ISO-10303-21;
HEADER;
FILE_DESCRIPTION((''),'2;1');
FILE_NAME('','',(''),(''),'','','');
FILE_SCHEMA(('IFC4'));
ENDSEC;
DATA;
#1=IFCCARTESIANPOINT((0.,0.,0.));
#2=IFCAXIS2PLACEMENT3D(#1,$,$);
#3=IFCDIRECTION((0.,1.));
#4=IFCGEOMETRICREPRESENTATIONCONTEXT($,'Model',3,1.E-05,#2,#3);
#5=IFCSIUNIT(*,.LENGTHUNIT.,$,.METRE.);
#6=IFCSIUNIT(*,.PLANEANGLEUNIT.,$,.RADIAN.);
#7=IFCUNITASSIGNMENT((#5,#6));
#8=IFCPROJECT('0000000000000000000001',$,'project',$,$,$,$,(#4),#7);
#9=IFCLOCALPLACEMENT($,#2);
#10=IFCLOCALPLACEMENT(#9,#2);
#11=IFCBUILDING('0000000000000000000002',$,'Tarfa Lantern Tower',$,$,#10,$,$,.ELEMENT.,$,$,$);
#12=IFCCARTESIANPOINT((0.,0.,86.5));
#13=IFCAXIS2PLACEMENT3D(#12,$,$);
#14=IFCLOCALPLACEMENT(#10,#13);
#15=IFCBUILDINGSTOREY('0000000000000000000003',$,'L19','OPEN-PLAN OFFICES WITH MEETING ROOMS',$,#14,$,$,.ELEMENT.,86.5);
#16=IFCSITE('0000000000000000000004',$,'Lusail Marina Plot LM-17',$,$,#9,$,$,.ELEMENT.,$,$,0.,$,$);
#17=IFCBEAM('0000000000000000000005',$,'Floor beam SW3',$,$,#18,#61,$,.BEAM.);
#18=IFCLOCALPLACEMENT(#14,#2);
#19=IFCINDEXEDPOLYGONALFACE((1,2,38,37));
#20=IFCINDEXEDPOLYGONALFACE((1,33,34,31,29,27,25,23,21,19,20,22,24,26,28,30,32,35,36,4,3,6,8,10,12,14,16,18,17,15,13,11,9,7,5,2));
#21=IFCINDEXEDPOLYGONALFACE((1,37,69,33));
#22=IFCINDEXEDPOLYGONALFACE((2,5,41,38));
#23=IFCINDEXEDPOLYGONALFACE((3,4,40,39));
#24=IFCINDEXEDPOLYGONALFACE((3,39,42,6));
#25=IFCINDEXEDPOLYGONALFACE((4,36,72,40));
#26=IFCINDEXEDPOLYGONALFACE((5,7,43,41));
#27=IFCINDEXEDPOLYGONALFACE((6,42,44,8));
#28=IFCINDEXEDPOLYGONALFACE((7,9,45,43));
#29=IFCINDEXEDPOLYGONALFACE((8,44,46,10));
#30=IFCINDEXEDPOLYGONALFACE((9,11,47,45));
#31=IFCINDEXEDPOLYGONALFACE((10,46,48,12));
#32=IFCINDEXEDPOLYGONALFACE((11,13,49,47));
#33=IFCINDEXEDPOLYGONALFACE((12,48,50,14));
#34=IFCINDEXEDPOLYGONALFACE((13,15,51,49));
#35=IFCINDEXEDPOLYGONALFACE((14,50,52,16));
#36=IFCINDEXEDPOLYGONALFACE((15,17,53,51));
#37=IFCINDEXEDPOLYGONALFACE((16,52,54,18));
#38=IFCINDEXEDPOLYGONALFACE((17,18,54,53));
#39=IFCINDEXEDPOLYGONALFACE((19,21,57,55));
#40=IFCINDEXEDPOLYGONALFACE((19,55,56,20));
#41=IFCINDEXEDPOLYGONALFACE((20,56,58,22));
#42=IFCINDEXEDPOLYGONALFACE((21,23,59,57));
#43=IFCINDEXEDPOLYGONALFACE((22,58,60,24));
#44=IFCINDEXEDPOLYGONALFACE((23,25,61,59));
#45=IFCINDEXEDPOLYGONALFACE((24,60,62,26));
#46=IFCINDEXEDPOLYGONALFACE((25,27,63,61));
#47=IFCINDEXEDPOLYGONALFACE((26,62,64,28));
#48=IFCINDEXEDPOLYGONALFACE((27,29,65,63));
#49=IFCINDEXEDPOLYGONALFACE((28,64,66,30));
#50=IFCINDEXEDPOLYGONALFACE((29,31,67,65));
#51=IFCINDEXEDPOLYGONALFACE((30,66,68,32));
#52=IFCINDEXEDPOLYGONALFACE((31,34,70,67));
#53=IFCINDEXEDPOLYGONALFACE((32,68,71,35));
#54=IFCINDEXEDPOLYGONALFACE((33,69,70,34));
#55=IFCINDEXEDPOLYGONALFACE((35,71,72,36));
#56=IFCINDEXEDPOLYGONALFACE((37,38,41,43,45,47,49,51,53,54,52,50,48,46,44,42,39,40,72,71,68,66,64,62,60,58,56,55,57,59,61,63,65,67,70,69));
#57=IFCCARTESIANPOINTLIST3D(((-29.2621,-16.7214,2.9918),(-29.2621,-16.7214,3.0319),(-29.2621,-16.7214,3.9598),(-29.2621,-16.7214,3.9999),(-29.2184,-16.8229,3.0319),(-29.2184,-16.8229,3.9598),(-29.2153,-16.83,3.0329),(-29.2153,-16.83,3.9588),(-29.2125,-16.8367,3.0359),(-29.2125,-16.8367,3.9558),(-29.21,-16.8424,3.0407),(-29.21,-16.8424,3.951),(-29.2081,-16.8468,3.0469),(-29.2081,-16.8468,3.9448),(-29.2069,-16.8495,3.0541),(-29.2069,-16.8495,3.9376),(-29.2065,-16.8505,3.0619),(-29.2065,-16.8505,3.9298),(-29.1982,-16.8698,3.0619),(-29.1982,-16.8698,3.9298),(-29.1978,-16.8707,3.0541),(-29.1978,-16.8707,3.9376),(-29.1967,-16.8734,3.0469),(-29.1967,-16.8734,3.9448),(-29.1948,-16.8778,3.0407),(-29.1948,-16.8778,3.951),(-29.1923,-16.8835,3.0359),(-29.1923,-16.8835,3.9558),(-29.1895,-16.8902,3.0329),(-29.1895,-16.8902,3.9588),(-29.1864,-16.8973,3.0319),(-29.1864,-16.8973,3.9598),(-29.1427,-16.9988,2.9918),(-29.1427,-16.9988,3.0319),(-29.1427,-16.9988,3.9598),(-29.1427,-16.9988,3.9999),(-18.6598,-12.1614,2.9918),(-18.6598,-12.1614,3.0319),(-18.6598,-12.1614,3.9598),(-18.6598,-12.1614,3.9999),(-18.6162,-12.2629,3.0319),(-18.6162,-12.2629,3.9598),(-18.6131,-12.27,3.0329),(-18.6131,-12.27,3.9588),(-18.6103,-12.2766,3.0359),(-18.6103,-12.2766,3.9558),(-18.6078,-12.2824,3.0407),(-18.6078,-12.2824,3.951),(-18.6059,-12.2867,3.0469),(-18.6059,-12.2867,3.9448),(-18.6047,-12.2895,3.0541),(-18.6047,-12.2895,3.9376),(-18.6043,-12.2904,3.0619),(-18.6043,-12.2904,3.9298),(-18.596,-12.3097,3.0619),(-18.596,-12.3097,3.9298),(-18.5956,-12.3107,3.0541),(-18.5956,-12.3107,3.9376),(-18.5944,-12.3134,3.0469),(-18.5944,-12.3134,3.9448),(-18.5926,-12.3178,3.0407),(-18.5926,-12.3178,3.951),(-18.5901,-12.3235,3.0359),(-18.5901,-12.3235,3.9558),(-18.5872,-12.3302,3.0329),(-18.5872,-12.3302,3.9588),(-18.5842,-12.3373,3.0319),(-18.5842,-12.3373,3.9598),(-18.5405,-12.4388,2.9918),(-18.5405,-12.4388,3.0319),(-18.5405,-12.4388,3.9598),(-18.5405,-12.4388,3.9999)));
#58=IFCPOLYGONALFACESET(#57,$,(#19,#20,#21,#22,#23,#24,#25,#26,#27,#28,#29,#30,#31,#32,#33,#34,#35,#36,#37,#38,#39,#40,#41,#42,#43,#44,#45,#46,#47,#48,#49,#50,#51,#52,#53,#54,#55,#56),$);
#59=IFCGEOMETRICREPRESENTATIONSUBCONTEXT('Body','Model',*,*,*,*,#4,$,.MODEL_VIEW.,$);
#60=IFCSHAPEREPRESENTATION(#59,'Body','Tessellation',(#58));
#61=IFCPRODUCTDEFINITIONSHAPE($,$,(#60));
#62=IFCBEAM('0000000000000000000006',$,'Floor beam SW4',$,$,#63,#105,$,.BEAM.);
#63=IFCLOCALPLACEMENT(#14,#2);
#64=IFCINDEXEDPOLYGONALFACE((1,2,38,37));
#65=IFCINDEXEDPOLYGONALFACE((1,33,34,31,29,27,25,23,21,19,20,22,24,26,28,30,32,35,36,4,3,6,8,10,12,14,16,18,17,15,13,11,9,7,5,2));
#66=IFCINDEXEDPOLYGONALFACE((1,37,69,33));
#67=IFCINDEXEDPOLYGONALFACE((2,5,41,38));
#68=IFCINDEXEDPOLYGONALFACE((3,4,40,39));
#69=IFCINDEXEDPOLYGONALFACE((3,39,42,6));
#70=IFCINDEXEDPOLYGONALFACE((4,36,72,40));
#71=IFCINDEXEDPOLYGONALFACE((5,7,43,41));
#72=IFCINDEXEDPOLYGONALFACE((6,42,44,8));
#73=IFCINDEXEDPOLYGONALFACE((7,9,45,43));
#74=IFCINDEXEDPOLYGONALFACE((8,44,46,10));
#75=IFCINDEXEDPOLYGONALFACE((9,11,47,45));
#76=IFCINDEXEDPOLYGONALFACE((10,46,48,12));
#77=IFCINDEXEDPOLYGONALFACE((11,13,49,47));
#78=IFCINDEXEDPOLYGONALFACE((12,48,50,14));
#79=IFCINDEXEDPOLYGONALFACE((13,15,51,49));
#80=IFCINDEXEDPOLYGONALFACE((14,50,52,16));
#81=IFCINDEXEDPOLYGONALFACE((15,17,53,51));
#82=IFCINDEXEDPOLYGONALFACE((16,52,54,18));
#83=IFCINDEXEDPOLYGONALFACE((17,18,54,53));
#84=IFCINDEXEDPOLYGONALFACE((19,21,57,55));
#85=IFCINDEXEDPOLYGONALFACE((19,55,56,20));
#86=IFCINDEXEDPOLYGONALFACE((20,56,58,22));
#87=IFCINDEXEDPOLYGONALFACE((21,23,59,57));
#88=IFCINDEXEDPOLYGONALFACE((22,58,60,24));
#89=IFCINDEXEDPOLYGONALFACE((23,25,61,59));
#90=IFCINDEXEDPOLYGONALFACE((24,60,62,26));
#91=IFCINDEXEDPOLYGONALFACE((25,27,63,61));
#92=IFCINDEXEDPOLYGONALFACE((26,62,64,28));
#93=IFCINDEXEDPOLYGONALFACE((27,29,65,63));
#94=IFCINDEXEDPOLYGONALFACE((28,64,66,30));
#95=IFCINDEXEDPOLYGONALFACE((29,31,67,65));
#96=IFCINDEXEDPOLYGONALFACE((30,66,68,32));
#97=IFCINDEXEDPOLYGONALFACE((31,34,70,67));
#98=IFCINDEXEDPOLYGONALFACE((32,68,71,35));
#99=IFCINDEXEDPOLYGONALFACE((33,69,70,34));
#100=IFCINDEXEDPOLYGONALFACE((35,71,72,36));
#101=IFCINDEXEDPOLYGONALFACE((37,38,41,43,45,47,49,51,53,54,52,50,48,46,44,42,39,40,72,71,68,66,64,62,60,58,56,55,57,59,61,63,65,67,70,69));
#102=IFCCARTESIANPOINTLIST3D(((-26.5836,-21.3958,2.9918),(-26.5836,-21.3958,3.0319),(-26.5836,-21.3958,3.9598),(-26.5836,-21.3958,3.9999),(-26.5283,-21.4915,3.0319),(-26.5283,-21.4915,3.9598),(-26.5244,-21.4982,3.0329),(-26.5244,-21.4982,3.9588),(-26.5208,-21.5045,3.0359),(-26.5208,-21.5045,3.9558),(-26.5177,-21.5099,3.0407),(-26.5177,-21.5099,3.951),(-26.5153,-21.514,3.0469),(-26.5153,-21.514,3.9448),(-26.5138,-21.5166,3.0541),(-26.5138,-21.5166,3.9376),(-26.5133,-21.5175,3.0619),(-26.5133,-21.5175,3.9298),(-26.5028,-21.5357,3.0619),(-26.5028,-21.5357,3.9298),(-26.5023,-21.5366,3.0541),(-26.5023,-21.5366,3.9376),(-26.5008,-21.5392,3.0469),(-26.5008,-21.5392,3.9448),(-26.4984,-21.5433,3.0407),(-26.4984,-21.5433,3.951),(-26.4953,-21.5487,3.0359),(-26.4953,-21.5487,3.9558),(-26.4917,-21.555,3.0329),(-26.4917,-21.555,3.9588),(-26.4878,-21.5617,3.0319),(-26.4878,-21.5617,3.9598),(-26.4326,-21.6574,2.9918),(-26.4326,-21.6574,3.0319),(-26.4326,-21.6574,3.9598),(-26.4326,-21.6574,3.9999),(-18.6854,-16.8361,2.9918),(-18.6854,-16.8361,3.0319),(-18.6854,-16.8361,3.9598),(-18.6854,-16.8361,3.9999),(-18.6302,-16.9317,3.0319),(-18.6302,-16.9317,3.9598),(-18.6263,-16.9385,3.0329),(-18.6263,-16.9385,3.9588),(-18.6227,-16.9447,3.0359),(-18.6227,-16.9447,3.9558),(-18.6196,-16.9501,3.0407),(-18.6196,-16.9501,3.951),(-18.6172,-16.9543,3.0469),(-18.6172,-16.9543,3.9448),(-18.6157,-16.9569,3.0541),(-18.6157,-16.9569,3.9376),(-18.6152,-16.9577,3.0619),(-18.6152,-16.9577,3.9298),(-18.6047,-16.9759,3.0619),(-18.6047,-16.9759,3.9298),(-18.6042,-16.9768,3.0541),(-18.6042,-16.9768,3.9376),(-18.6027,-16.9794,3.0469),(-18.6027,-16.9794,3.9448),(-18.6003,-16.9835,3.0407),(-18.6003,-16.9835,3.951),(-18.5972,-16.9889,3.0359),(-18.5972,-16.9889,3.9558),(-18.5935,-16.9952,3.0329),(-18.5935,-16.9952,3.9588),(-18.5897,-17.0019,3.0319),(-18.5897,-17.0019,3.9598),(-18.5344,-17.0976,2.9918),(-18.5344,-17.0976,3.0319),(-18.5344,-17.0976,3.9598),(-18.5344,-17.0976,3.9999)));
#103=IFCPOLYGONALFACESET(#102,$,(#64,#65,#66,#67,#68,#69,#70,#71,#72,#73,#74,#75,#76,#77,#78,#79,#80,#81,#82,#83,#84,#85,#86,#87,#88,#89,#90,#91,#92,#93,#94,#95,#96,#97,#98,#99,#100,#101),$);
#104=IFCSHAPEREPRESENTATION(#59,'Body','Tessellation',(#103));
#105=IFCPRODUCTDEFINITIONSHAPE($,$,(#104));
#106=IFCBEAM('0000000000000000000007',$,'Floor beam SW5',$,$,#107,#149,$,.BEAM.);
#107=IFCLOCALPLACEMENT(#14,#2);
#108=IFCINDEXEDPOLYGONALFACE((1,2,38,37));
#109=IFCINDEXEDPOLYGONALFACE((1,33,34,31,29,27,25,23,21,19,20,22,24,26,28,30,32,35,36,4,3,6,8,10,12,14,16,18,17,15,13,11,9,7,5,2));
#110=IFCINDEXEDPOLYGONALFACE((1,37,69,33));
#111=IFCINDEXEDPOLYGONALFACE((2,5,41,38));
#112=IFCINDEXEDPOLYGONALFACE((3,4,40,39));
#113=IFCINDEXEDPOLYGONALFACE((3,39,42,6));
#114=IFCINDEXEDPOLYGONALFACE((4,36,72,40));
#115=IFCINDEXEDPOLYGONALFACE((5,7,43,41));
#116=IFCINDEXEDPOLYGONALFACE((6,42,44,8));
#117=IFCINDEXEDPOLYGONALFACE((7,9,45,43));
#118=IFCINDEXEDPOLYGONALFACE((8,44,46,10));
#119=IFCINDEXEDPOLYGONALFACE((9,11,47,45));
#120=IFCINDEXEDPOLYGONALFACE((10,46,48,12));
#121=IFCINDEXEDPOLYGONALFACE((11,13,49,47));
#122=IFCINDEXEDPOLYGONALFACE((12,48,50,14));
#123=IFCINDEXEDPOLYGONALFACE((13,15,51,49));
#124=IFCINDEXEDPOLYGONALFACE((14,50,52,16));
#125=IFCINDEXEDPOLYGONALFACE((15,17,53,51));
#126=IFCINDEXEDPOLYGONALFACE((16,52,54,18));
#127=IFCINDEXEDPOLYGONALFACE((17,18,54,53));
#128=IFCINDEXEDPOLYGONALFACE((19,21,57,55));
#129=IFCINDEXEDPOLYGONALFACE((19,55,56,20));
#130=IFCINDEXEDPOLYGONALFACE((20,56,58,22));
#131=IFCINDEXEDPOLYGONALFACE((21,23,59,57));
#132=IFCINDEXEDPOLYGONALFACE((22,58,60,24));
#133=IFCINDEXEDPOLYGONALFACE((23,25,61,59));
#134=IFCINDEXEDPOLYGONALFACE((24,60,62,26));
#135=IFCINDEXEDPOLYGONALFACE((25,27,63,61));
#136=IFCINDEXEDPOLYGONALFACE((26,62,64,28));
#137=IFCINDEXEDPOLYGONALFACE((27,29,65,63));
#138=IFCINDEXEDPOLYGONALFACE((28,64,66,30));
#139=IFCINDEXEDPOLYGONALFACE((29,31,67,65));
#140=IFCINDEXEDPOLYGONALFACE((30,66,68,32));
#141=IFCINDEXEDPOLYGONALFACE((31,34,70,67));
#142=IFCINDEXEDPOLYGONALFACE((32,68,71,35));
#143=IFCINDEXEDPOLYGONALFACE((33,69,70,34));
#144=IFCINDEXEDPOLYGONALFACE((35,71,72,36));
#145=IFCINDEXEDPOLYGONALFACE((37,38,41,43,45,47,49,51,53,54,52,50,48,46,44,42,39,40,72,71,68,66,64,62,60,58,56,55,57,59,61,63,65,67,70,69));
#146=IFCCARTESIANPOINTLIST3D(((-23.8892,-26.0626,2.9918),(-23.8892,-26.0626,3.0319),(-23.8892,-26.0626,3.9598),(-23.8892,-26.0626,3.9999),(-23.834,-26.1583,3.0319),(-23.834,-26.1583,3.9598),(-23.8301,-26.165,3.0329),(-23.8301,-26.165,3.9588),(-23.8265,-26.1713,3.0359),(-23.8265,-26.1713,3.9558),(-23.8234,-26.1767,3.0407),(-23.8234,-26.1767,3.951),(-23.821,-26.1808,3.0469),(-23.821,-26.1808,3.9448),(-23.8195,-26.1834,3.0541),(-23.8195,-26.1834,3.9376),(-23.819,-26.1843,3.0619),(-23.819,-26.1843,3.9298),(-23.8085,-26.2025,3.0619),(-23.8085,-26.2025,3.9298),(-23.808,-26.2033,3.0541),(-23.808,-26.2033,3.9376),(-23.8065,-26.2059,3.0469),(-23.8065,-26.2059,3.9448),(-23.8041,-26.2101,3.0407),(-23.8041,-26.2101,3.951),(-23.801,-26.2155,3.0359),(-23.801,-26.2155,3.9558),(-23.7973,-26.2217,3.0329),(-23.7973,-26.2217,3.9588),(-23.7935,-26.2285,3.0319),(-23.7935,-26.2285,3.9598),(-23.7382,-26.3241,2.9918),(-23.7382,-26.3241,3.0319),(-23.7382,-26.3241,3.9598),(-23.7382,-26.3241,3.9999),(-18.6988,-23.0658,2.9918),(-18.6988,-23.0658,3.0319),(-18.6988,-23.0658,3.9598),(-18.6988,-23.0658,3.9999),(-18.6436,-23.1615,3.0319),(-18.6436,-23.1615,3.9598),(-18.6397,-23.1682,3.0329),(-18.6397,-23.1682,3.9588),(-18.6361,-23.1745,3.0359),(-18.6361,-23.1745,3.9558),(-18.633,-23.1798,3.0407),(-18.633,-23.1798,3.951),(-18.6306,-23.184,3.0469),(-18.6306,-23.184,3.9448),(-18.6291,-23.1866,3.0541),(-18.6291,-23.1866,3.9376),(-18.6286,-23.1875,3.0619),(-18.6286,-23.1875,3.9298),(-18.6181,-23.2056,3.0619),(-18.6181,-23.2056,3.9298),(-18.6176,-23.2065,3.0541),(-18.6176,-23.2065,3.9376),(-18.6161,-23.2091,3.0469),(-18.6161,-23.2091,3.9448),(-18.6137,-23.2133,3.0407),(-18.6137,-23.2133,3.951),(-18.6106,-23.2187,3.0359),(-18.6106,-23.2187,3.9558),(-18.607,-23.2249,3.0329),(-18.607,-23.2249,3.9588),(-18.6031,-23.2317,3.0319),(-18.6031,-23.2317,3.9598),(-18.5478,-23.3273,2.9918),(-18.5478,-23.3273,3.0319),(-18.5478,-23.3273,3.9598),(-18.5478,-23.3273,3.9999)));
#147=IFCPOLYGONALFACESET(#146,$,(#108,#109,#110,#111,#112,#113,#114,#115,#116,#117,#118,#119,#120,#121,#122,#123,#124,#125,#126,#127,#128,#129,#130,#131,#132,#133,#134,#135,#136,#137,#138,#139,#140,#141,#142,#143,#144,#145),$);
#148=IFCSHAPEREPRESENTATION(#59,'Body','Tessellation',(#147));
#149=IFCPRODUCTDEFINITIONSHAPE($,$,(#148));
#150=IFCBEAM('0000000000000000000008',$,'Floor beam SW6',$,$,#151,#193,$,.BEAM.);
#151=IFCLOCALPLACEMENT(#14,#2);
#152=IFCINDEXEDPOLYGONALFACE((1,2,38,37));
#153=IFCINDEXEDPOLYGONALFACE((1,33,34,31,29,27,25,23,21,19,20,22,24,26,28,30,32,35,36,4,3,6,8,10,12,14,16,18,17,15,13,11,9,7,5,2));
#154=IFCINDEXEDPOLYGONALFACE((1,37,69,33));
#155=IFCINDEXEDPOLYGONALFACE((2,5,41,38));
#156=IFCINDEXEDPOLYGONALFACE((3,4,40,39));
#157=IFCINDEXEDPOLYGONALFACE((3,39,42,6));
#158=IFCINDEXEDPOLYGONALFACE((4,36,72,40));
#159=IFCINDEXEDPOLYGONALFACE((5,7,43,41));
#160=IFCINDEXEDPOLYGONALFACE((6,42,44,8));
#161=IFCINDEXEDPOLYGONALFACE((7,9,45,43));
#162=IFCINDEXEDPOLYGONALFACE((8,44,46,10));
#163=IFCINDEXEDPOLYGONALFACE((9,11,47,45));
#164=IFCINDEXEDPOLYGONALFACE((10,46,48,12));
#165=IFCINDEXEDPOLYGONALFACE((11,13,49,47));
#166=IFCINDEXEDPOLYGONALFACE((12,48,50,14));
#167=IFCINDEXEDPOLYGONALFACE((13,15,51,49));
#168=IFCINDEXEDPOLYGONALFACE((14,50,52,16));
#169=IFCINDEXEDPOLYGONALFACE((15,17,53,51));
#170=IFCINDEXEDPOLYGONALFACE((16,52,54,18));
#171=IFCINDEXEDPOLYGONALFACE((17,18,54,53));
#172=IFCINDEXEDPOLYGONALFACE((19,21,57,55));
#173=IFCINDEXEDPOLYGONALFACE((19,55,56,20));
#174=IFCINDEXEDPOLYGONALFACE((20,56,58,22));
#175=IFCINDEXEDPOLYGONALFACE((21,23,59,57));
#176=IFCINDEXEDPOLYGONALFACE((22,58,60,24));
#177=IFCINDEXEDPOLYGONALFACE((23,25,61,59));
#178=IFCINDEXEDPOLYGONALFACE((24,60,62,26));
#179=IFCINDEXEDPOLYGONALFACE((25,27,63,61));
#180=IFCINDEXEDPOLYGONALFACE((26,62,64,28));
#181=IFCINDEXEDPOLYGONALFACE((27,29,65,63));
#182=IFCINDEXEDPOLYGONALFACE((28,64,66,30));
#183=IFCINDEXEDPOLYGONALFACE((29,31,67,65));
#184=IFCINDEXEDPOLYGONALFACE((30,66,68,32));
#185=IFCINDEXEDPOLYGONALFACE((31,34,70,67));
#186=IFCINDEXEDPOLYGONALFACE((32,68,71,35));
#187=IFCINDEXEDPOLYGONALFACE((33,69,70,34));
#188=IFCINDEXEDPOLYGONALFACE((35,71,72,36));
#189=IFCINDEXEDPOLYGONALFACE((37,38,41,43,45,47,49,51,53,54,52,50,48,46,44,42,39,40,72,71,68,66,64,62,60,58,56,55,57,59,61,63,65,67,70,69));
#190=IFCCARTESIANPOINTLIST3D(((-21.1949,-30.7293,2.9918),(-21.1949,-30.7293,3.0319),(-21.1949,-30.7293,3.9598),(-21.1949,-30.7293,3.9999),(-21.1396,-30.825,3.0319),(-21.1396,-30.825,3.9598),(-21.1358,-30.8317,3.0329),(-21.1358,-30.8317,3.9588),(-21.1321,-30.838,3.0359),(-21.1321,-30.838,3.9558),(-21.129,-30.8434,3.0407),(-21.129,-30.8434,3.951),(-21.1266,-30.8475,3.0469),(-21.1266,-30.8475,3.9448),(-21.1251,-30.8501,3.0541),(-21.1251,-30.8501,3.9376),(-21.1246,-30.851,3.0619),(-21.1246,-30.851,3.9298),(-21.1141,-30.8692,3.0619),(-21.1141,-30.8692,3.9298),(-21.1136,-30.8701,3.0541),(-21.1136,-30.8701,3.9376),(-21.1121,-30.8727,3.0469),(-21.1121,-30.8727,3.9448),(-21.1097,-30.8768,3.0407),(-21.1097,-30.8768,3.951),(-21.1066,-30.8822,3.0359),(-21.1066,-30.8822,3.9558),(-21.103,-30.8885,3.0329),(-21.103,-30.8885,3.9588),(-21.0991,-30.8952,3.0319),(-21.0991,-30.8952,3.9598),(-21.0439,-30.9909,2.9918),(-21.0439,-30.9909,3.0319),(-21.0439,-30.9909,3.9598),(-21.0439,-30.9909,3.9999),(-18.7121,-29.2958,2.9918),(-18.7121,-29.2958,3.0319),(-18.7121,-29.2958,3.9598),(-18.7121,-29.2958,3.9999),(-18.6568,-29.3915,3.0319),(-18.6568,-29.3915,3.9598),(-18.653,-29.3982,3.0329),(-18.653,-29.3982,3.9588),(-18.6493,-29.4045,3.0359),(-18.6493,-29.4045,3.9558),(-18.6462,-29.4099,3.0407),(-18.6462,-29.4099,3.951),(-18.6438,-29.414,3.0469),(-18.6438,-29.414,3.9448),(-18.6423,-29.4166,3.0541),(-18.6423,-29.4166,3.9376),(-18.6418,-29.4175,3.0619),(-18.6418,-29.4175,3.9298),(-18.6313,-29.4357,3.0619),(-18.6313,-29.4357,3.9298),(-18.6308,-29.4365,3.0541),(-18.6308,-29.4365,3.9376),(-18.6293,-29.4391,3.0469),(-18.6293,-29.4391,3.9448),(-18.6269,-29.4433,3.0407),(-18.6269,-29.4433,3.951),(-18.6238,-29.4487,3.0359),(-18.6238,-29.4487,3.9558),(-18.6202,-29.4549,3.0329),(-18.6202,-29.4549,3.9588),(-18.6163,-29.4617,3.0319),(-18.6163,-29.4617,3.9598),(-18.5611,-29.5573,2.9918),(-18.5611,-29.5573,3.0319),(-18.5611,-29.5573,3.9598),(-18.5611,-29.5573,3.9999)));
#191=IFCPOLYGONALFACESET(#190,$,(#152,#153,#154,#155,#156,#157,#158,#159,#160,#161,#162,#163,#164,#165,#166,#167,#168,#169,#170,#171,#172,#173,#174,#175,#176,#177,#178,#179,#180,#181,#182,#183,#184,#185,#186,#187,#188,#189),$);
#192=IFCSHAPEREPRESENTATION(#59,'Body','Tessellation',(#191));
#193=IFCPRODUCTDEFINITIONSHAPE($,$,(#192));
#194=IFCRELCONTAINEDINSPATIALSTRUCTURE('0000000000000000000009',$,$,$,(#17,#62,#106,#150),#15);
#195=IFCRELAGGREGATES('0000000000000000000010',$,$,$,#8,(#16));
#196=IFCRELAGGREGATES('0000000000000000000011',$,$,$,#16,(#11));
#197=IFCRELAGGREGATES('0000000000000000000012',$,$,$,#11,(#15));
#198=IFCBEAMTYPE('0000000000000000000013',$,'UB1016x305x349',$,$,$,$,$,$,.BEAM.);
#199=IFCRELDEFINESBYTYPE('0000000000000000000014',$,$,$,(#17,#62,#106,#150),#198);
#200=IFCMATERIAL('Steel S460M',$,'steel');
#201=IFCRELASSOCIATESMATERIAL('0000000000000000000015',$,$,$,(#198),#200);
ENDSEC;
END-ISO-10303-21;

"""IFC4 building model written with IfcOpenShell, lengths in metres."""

from ifc_helpers import new_model, si_unit, direction, frame, origin, origin_2d, place, context, subcontext, project, spatial, i_section, extrude, material, material_profile, profile_set, type_object, element, save


model = new_model("IFC4")

# Units and contexts
model_context = context("Model", 3, precision=1e-05, world=origin(), true_north=direction((0.0, 1.0)))
body_context = subcontext(model_context, "Body", "Model", "MODEL_VIEW")
ifc_project = project(units=[si_unit("LENGTHUNIT", "METRE"), si_unit("PLANEANGLEUNIT", "RADIAN")], contexts=[model_context])

# Site, building, storey
site_placement = place(None, origin())
site = spatial("IfcSite", under=ifc_project, at=site_placement, Name="Lusail Marina Plot LM-17", CompositionType="ELEMENT", RefElevation=0.0)
building_placement = place(site_placement, origin())
building = spatial("IfcBuilding", under=site, at=building_placement, Name="Tarfa Lantern Tower", CompositionType="ELEMENT")
storey_placement = place(building_placement, frame((0.0, 0.0, 86.5)))
storey = spatial("IfcBuildingStorey", under=building, at=storey_placement, Name="L19", Description="OPEN-PLAN OFFICES WITH MEETING ROOMS", CompositionType="ELEMENT", Elevation=86.5)

# Beams
ifc_material_1 = material(Name="Steel S460M", Category="steel")
ifc_material_profile_1 = material_profile(ifc_material_1, i_section(OverallWidth=0.302, OverallDepth=1.0081, WebThickness=0.021, FlangeThickness=0.04, FilletRadius=0.03, at=origin_2d()), Name="UB1016x305x349")
ifc_profile_set_1 = profile_set([ifc_material_profile_1], Name="Steel S460M")
beam_type_1 = type_object("IfcBeamType", Name="UB1016x305x349", PredefinedType="BEAM", material=ifc_profile_set_1)
beam_1_placement = place(storey_placement, frame((-29.2024, -16.8601, 3.4958), z_axis=(0.918635, 0.395106, 0.0), x_axis=(-0.395106, 0.918635, 0.0)))
element("IfcBeam", 1, at=beam_1_placement, inside=storey, type_object=beam_type_1, Name="Floor beam SW3", PredefinedType="BEAM", context=body_context, shape_type="SweptSolid", body=[
    extrude(i_section(OverallWidth=0.302, OverallDepth=1.0081, WebThickness=0.021, FlangeThickness=0.04, FilletRadius=0.03, at=origin_2d()), origin(), (0.0, 0.0, 1.0), 11.5413),
])
beam_2_placement = place(storey_placement, frame((-26.5081, -21.5266, 3.4958), z_axis=(0.866035, 0.499983, 0.0), x_axis=(-0.499983, 0.866035, 0.0)))
element("IfcBeam", 2, at=beam_2_placement, inside=storey, type_object=beam_type_1, Name="Floor beam SW4", PredefinedType="BEAM", context=body_context, shape_type="SweptSolid", body=[
    extrude(i_section(OverallWidth=0.302, OverallDepth=1.0081, WebThickness=0.021, FlangeThickness=0.04, FilletRadius=0.03, at=origin_2d()), origin(), (0.0, 0.0, 1.0), 9.1199),
])
beam_3_placement = place(storey_placement, frame((-23.8137, -26.1934, 3.4958), z_axis=(0.866016, 0.500016, 0.0), x_axis=(-0.500016, 0.866016, 0.0)))
element("IfcBeam", 3, at=beam_3_placement, inside=storey, type_object=beam_type_1, Name="Floor beam SW5", PredefinedType="BEAM", context=body_context, shape_type="SweptSolid", body=[
    extrude(i_section(OverallWidth=0.302, OverallDepth=1.0081, WebThickness=0.021, FlangeThickness=0.04, FilletRadius=0.03, at=origin_2d()), origin(), (0.0, 0.0, 1.0), 5.9934),
])
beam_4_placement = place(storey_placement, frame((-21.1194, -30.8601, 3.4958), z_axis=(0.866013, 0.500022, 0.0), x_axis=(-0.500022, 0.866013, 0.0)))
element("IfcBeam", 4, at=beam_4_placement, inside=storey, type_object=beam_type_1, Name="Floor beam SW6", PredefinedType="BEAM", context=body_context, shape_type="SweptSolid", body=[
    extrude(i_section(OverallWidth=0.302, OverallDepth=1.0081, WebThickness=0.021, FlangeThickness=0.04, FilletRadius=0.03, at=origin_2d()), origin(), (0.0, 0.0, 1.0), 2.8669),
])

save(model, "model.ifc")
